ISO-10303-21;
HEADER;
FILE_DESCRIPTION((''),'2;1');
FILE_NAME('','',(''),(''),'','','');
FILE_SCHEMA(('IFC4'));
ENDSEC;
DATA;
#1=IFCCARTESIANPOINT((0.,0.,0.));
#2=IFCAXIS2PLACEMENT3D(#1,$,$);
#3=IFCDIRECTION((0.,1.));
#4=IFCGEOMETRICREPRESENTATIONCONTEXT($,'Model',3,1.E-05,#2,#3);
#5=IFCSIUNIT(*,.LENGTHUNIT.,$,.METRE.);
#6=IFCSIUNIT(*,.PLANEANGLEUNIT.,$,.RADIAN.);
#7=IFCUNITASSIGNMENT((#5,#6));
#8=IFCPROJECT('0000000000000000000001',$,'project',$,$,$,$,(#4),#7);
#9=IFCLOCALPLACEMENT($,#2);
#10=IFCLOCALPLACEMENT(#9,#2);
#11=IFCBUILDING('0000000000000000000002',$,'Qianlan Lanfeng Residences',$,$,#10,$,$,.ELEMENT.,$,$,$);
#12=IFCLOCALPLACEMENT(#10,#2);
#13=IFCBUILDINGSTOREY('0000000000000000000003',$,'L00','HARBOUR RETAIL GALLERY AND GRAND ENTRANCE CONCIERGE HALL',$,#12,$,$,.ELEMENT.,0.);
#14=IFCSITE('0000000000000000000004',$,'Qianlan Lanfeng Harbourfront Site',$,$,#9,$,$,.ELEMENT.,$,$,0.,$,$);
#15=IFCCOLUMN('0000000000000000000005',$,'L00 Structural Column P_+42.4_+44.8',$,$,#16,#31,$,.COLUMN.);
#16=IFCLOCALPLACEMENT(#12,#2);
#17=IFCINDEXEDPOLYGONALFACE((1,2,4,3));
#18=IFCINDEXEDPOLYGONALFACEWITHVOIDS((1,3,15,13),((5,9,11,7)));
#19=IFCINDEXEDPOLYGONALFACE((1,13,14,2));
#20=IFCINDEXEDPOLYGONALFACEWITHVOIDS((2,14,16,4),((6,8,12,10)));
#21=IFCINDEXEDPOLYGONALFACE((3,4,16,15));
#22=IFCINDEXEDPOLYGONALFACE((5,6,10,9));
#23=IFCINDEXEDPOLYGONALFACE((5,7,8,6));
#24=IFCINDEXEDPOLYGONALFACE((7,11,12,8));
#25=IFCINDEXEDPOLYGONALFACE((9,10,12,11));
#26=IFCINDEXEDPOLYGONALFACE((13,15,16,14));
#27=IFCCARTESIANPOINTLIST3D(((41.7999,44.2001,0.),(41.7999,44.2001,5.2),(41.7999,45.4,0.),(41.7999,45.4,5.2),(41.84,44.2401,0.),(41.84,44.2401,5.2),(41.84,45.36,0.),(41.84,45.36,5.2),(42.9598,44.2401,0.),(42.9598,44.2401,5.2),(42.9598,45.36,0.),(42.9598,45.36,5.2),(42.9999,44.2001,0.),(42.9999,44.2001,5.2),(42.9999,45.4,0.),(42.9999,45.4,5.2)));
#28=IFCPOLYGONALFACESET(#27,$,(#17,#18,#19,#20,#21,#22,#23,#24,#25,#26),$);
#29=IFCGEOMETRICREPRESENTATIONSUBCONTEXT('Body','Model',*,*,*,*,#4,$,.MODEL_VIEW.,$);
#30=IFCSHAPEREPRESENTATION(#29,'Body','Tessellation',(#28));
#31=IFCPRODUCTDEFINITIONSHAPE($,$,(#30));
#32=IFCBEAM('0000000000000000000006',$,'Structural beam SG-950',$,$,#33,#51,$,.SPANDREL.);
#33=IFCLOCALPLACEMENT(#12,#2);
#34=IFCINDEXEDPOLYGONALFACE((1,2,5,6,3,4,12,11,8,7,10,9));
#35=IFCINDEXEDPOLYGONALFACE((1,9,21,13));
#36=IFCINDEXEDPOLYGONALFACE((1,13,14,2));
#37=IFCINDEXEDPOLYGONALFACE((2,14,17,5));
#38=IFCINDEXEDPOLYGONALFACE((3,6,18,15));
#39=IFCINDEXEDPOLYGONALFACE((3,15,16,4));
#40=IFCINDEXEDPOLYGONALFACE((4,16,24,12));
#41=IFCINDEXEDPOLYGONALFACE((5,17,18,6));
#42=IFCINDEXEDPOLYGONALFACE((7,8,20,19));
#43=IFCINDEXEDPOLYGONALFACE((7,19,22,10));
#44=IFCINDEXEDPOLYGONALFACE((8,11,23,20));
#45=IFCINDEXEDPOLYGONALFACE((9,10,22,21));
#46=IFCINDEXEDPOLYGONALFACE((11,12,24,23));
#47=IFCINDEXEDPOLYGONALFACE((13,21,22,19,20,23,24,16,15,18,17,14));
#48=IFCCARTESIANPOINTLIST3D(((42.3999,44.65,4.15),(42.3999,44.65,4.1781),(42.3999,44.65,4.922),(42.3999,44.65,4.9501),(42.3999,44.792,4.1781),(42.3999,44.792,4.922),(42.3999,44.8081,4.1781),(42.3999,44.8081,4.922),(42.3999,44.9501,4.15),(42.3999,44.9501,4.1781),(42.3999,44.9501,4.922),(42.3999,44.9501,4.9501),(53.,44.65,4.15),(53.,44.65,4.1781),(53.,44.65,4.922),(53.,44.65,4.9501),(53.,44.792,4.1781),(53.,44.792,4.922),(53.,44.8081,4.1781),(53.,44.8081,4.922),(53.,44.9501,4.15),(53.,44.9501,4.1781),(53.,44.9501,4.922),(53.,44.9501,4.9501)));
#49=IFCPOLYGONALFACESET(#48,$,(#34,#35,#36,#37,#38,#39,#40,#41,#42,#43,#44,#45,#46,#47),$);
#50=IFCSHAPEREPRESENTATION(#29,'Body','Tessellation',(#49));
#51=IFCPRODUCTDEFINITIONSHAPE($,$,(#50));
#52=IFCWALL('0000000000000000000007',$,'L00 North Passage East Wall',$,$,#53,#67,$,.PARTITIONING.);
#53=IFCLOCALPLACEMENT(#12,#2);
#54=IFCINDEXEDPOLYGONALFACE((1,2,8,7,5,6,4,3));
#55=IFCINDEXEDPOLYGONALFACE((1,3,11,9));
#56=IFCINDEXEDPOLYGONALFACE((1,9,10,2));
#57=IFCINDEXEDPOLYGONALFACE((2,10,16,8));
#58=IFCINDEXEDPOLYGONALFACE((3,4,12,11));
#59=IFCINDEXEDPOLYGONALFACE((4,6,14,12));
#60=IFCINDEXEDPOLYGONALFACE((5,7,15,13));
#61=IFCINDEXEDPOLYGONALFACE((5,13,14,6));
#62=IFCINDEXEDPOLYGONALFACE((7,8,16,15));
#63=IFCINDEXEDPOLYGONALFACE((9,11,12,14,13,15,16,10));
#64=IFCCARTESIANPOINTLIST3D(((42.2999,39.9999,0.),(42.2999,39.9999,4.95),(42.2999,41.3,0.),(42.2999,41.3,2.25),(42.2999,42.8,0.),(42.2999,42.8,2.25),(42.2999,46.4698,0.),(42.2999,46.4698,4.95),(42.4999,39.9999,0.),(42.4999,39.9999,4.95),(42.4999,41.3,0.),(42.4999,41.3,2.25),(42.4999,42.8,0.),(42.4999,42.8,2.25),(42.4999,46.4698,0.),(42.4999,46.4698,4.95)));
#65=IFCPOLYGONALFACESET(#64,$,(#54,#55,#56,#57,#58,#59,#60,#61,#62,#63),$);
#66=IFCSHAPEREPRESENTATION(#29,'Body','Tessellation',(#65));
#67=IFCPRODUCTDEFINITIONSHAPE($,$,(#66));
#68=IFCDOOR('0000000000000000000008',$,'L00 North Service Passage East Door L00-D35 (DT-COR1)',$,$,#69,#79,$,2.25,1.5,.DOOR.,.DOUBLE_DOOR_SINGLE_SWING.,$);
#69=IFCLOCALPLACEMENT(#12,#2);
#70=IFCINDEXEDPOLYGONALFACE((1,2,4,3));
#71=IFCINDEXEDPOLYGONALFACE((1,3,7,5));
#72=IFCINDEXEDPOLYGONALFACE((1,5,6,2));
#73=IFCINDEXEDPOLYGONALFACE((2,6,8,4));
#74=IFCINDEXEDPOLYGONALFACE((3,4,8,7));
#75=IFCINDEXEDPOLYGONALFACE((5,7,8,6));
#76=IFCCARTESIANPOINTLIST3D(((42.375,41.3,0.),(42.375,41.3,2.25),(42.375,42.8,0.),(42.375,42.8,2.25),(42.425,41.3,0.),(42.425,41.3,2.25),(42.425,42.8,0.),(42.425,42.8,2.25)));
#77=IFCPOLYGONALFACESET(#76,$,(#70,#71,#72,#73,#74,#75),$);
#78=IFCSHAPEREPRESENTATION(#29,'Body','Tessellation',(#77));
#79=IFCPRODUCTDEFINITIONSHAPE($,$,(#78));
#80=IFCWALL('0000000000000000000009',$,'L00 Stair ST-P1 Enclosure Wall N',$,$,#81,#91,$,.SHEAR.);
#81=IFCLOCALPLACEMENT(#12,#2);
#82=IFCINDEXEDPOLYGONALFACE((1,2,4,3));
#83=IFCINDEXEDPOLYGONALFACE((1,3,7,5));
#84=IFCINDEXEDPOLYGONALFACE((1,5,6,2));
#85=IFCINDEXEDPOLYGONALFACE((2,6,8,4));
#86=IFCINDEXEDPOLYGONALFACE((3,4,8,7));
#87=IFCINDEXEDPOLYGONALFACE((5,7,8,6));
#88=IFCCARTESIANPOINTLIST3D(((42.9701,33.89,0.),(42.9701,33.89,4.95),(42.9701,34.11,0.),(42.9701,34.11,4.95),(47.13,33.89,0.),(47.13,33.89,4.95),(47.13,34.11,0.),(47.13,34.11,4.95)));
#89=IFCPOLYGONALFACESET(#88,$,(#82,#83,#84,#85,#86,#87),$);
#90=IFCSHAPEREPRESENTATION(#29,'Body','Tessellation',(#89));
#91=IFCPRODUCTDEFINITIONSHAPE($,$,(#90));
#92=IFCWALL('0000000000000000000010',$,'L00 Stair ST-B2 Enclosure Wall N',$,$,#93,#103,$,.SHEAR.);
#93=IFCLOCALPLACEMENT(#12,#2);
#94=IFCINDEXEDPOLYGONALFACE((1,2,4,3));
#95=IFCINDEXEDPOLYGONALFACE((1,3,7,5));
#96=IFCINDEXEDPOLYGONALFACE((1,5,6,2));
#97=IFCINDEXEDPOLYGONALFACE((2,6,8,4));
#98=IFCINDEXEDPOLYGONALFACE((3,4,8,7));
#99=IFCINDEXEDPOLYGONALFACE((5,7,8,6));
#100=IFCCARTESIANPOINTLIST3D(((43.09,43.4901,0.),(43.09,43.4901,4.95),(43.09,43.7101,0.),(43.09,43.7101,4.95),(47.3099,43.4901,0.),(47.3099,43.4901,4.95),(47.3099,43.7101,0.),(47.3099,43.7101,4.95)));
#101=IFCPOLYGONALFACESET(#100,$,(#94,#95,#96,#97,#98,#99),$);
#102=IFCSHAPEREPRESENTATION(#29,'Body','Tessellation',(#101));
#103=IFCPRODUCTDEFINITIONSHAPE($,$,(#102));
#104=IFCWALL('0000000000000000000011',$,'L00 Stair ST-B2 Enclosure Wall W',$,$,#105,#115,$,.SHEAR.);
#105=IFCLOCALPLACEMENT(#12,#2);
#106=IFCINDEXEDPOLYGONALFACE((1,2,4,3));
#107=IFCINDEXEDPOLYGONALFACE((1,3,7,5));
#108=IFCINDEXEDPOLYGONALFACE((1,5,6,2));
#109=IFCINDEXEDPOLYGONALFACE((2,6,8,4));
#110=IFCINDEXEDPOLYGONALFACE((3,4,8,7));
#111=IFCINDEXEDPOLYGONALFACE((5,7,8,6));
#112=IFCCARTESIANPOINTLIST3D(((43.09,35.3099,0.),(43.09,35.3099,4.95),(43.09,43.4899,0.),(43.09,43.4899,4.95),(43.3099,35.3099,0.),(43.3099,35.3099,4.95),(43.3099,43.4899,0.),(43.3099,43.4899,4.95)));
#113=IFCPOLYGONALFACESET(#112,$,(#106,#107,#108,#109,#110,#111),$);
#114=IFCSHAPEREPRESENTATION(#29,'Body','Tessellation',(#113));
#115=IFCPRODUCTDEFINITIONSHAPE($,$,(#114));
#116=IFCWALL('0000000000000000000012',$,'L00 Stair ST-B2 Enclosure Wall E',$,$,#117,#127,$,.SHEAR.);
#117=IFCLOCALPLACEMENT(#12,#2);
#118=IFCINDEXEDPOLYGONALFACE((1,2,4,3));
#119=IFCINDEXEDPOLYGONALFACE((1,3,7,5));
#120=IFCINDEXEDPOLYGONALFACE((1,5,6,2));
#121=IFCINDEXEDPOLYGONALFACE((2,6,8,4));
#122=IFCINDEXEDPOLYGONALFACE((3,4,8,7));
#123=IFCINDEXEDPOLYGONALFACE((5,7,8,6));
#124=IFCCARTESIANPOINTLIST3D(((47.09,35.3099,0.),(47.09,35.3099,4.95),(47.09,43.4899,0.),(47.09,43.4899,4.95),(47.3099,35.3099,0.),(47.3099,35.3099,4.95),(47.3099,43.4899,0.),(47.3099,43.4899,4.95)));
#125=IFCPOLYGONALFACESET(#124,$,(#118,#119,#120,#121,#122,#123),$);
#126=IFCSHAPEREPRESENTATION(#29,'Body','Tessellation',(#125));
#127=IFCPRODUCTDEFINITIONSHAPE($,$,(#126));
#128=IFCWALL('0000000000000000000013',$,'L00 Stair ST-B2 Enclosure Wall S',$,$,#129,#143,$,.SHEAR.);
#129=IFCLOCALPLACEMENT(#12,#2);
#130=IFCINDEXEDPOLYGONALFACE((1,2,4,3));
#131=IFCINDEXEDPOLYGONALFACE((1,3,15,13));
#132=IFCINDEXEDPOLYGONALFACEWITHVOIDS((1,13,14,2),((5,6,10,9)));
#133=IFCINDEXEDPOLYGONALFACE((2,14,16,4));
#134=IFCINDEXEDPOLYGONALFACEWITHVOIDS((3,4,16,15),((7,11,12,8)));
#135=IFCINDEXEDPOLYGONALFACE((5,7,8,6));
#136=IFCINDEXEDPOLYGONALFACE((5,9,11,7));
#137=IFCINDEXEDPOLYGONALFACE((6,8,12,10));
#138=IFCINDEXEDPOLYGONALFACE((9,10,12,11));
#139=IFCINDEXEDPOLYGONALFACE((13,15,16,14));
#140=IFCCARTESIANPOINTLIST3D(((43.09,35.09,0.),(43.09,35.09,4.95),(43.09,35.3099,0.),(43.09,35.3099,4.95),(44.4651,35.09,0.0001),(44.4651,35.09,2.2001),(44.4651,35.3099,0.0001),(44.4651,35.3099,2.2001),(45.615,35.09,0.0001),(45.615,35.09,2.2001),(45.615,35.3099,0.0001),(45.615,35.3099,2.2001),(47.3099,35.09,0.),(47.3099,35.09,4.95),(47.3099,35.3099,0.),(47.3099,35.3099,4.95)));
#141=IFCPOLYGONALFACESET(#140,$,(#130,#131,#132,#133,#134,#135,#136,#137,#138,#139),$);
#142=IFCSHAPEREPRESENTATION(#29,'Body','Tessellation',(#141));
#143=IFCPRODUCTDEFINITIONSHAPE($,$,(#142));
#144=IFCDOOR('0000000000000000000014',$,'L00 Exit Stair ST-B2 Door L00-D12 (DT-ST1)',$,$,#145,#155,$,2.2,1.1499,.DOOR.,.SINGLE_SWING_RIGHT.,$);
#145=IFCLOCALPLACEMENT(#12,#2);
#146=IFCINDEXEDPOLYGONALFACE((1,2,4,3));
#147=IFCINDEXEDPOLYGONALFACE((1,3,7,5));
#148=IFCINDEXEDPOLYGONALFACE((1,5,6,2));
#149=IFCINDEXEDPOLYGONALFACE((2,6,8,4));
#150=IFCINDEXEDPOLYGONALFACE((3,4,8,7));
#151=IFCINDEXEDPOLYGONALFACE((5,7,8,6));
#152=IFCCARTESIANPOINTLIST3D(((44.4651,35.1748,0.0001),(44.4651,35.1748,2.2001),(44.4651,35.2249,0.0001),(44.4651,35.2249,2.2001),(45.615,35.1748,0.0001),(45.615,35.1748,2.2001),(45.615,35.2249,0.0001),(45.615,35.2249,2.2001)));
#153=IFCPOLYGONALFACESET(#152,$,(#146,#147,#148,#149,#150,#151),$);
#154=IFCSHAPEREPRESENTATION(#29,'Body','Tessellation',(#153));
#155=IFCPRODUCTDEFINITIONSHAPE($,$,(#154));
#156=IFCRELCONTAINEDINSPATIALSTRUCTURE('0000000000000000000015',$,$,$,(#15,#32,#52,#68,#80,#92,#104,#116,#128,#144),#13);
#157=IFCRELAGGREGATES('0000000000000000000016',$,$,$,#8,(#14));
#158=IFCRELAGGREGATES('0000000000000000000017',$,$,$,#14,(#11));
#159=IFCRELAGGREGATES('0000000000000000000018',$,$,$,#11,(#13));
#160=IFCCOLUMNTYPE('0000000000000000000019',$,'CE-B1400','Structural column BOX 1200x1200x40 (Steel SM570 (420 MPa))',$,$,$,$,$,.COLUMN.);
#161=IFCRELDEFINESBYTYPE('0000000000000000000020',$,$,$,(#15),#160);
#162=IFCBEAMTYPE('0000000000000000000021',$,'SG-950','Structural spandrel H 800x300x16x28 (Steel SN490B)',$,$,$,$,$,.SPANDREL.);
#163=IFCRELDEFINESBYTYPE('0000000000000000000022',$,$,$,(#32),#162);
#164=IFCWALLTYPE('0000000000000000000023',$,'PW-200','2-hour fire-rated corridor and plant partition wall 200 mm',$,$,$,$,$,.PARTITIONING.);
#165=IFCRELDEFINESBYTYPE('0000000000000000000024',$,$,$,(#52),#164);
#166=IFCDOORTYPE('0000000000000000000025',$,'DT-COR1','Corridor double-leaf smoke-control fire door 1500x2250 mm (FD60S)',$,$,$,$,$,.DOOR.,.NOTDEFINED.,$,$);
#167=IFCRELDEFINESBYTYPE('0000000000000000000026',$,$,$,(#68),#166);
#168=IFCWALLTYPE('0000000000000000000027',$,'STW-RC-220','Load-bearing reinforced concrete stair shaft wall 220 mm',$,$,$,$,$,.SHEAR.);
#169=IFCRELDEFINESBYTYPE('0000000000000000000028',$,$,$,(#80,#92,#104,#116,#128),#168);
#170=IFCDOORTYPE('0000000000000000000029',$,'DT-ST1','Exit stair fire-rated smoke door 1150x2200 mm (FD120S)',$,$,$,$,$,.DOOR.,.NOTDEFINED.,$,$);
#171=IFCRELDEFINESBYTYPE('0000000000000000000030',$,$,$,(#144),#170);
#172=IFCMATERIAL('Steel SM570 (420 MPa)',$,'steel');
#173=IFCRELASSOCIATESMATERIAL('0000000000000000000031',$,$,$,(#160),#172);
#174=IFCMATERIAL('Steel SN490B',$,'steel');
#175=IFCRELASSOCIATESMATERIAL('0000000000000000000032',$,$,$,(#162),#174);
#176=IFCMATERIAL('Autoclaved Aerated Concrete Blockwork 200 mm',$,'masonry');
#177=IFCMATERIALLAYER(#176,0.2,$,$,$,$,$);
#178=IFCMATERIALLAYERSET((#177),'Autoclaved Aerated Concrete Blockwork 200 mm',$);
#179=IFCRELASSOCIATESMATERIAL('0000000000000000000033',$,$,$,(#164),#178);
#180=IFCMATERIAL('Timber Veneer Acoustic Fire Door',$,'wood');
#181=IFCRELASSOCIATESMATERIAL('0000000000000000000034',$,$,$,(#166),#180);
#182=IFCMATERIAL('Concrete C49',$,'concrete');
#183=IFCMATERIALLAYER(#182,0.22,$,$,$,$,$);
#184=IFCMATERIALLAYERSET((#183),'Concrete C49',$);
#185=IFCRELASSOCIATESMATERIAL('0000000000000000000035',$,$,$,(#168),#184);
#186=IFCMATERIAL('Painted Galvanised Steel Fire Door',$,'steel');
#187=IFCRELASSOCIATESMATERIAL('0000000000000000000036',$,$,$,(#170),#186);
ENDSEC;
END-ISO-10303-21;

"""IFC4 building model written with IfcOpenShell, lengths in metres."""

from ifc_helpers import new_model, si_unit, direction, frame, frame_2d, origin, origin_2d, place, context, subcontext, project, spatial, rectangle, hollow_rectangle, i_section, extrude, material, layer, layer_set, material_profile, profile_set, type_object, element, fill, save


model = new_model("IFC4")

# Units and contexts
model_context = context("Model", 3, precision=1e-05, world=origin(), true_north=direction((0.0, 1.0)))
body_context = subcontext(model_context, "Body", "Model", "MODEL_VIEW")
ifc_project = project(units=[si_unit("LENGTHUNIT", "METRE"), si_unit("PLANEANGLEUNIT", "RADIAN")], contexts=[model_context])

# Site, building, storey
site_placement = place(None, origin())
site = spatial("IfcSite", under=ifc_project, at=site_placement, Name="Qianlan Lanfeng Harbourfront Site", CompositionType="ELEMENT", RefElevation=0.0)
building_placement = place(site_placement, origin())
building = spatial("IfcBuilding", under=site, at=building_placement, Name="Qianlan Lanfeng Residences", CompositionType="ELEMENT")
storey_placement = place(building_placement, origin())
storey = spatial("IfcBuildingStorey", under=building, at=storey_placement, Name="L00", Description="HARBOUR RETAIL GALLERY AND GRAND ENTRANCE CONCIERGE HALL", CompositionType="ELEMENT", Elevation=0.0)

# Column
ifc_material_1 = material(Name="Steel SM570 (420 MPa)", Category="steel")
ifc_material_profile_1 = material_profile(ifc_material_1, hollow_rectangle(XDim=1.2, YDim=1.2, WallThickness=0.04, at=origin_2d()), Name="BOX 1200x1200x40")
ifc_profile_set_1 = profile_set([ifc_material_profile_1], Name="Steel SM570 (420 MPa)")
column_type = type_object("IfcColumnType", Name="CE-B1400", Description="Structural column BOX 1200x1200x40 (Steel SM570 (420 MPa))", PredefinedType="COLUMN", material=ifc_profile_set_1)
column_placement = place(storey_placement, frame((42.3999, 44.8, 0.0), z_axis=(0.0, 0.0, 1.0), x_axis=(1.0, 0.0, 0.0)))
element("IfcColumn", 1, at=column_placement, inside=storey, type_object=column_type, Name="L00 Structural Column P_+42.4_+44.8", PredefinedType="COLUMN", context=body_context, shape_type="SweptSolid", body=[
    extrude(hollow_rectangle(XDim=1.2, YDim=1.2, WallThickness=0.04, at=origin_2d()), origin(), (0.0, 0.0, 1.0), 5.2),
])

# Beam
ifc_material_2 = material(Name="Steel SN490B", Category="steel")
ifc_material_profile_2 = material_profile(ifc_material_2, i_section(OverallWidth=0.3, OverallDepth=0.8, WebThickness=0.0161, FlangeThickness=0.0281, at=origin_2d()), Name="H 800x300x16x28")
ifc_profile_set_2 = profile_set([ifc_material_profile_2], Name="Steel SN490B")
beam_type = type_object("IfcBeamType", Name="SG-950", Description="Structural spandrel H 800x300x16x28 (Steel SN490B)", PredefinedType="SPANDREL", material=ifc_profile_set_2)
beam_placement = place(storey_placement, frame((42.3999, 44.8, 4.55), z_axis=(1.0, 0.0, 0.0), x_axis=(0.0, 1.0, 0.0)))
element("IfcBeam", 2, at=beam_placement, inside=storey, type_object=beam_type, Name="Structural beam SG-950", PredefinedType="SPANDREL", context=body_context, shape_type="SweptSolid", body=[
    extrude(i_section(OverallWidth=0.3, OverallDepth=0.8, WebThickness=0.0161, FlangeThickness=0.0281, at=origin_2d()), origin(), (0.0, 0.0, 1.0), 10.6001),
])

# Wall, opening, door
ifc_material_3 = material(Name="Autoclaved Aerated Concrete Blockwork 200 mm", Category="masonry")
ifc_layer_1 = layer(ifc_material_3, 0.2)
ifc_layer_set_1 = layer_set([ifc_layer_1], Name="Autoclaved Aerated Concrete Blockwork 200 mm")
wall_type_1 = type_object("IfcWallType", Name="PW-200", Description="2-hour fire-rated corridor and plant partition wall 200 mm", PredefinedType="PARTITIONING", material=ifc_layer_set_1)
wall_1_placement = place(storey_placement, frame((42.3999, 40.0, 0.0), z_axis=(0.0, 0.0, 1.0), x_axis=(0.0, 1.0, 0.0)))
wall_1 = element("IfcWall", 3, at=wall_1_placement, inside=storey, type_object=wall_type_1, Name="L00 North Passage East Wall", PredefinedType="PARTITIONING", context=body_context, shape_type="SweptSolid", body=[
    extrude(rectangle(XDim=6.47, YDim=0.2, at=frame_2d((3.2349, 0.0))), origin(), (0.0, 0.0, 1.0), 4.95),
])
opening_1_placement = place(wall_1_placement, frame((1.3, 0.0, 0.0)))
opening_1 = element("IfcOpeningElement", 4, at=opening_1_placement, cuts=wall_1, PredefinedType="OPENING", context=body_context, shape_type="SweptSolid", body=[
    extrude(rectangle(XDim=1.5, YDim=2.25, at=frame_2d((0.75, 1.125))), frame((0.0, 0.1099, 0.0), z_axis=(0.0, -1.0, 0.0), x_axis=(1.0, 0.0, 0.0)), (0.0, 0.0, 1.0), 0.22),
])
ifc_material_4 = material(Name="Timber Veneer Acoustic Fire Door", Category="wood")
door_type_1 = type_object("IfcDoorType", Name="DT-COR1", Description="Corridor double-leaf smoke-control fire door 1500x2250 mm (FD60S)", OperationType="NOTDEFINED", PredefinedType="DOOR", material=ifc_material_4)
door_1_placement = place(opening_1_placement, origin())
door_1 = element("IfcDoor", 5, at=door_1_placement, inside=storey, type_object=door_type_1, Name="L00 North Service Passage East Door L00-D35 (DT-COR1)", OperationType="DOUBLE_DOOR_SINGLE_SWING", OverallHeight=2.25, OverallWidth=1.5, PredefinedType="DOOR", context=body_context, shape_type="SweptSolid", body=[
    extrude(rectangle(XDim=1.5, YDim=2.25, at=frame_2d((0.75, 1.125))), frame((0.0, 0.0249, 0.0), z_axis=(0.0, -1.0, 0.0), x_axis=(1.0, 0.0, 0.0)), (0.0, 0.0, 1.0), 0.05),
])
fill(opening_1, door_1)

# Walls
ifc_material_5 = material(Name="Concrete C49", Category="concrete")
ifc_layer_2 = layer(ifc_material_5, 0.22)
ifc_layer_set_2 = layer_set([ifc_layer_2], Name="Concrete C49")
wall_type_2 = type_object("IfcWallType", Name="STW-RC-220", Description="Load-bearing reinforced concrete stair shaft wall 220 mm", PredefinedType="SHEAR", material=ifc_layer_set_2)
wall_2_placement = place(storey_placement, frame((42.97, 34.0, 0.0), z_axis=(0.0, 0.0, 1.0), x_axis=(1.0, 0.0, 0.0)))
element("IfcWall", 6, at=wall_2_placement, inside=storey, type_object=wall_type_2, Name="L00 Stair ST-P1 Enclosure Wall N", PredefinedType="SHEAR", context=body_context, shape_type="SweptSolid", body=[
    extrude(rectangle(XDim=4.1599, YDim=0.22, at=frame_2d((2.0801, 0.0))), origin(), (0.0, 0.0, 1.0), 4.95),
])
wall_3_placement = place(storey_placement, frame((43.0901, 43.6001, 0.0), z_axis=(0.0, 0.0, 1.0), x_axis=(1.0, 0.0, 0.0)))
element("IfcWall", 7, at=wall_3_placement, inside=storey, type_object=wall_type_2, Name="L00 Stair ST-B2 Enclosure Wall N", PredefinedType="SHEAR", context=body_context, shape_type="SweptSolid", body=[
    extrude(rectangle(XDim=4.22, YDim=0.22, at=frame_2d((2.1099, 0.0))), origin(), (0.0, 0.0, 1.0), 4.95),
])
for number, where, z_axis, x_axis, name in (
    (8, (43.2, 35.3101, 0.0), (0.0, 0.0, 1.0), (0.0, 1.0, 0.0), "L00 Stair ST-B2 Enclosure Wall W"),
    (9, (47.2, 35.3101, 0.0), (0.0, 0.0, 1.0), (0.0, 1.0, 0.0), "L00 Stair ST-B2 Enclosure Wall E"),
):
    element("IfcWall", number, at=place(storey_placement, frame(where, z_axis=z_axis, x_axis=x_axis)), inside=storey, type_object=wall_type_2, Name=name, PredefinedType="SHEAR", context=body_context, shape_type="SweptSolid", body=[
        extrude(rectangle(XDim=8.1799, YDim=0.22, at=frame_2d((4.0898, 0.0))), origin(), (0.0, 0.0, 1.0), 4.95),
    ])

# Wall, opening, door
wall_4_placement = place(storey_placement, frame((43.0901, 35.2, 0.0), z_axis=(0.0, 0.0, 1.0), x_axis=(1.0, 0.0, 0.0)))
wall_4 = element("IfcWall", 10, at=wall_4_placement, inside=storey, type_object=wall_type_2, Name="L00 Stair ST-B2 Enclosure Wall S", PredefinedType="SHEAR", context=body_context, shape_type="SweptSolid", body=[
    extrude(rectangle(XDim=4.22, YDim=0.22, at=frame_2d((2.1099, 0.0))), origin(), (0.0, 0.0, 1.0), 4.95),
])
opening_2_placement = place(wall_4_placement, frame((1.375, 0.0, 0.0)))
opening_2 = element("IfcOpeningElement", 11, at=opening_2_placement, cuts=wall_4, PredefinedType="OPENING", context=body_context, shape_type="SweptSolid", body=[
    extrude(rectangle(XDim=1.1499, YDim=2.2, at=frame_2d((0.575, 1.1001))), frame((0.0, 0.1201, 0.0), z_axis=(0.0, -1.0, 0.0), x_axis=(1.0, 0.0, 0.0)), (0.0, 0.0, 1.0), 0.24),
])
ifc_material_6 = material(Name="Painted Galvanised Steel Fire Door", Category="steel")
door_type_2 = type_object("IfcDoorType", Name="DT-ST1", Description="Exit stair fire-rated smoke door 1150x2200 mm (FD120S)", OperationType="NOTDEFINED", PredefinedType="DOOR", material=ifc_material_6)
door_2_placement = place(opening_2_placement, origin())
door_2 = element("IfcDoor", 12, at=door_2_placement, inside=storey, type_object=door_type_2, Name="L00 Exit Stair ST-B2 Door L00-D12 (DT-ST1)", OperationType="SINGLE_SWING_RIGHT", OverallHeight=2.2, OverallWidth=1.1499, PredefinedType="DOOR", context=body_context, shape_type="SweptSolid", body=[
    extrude(rectangle(XDim=1.1499, YDim=2.2, at=frame_2d((0.575, 1.1001))), frame((0.0, 0.0249, 0.0), z_axis=(0.0, -1.0, 0.0), x_axis=(1.0, 0.0, 0.0)), (0.0, 0.0, 1.0), 0.05),
])
fill(opening_2, door_2)

save(model, "model.ifc")
